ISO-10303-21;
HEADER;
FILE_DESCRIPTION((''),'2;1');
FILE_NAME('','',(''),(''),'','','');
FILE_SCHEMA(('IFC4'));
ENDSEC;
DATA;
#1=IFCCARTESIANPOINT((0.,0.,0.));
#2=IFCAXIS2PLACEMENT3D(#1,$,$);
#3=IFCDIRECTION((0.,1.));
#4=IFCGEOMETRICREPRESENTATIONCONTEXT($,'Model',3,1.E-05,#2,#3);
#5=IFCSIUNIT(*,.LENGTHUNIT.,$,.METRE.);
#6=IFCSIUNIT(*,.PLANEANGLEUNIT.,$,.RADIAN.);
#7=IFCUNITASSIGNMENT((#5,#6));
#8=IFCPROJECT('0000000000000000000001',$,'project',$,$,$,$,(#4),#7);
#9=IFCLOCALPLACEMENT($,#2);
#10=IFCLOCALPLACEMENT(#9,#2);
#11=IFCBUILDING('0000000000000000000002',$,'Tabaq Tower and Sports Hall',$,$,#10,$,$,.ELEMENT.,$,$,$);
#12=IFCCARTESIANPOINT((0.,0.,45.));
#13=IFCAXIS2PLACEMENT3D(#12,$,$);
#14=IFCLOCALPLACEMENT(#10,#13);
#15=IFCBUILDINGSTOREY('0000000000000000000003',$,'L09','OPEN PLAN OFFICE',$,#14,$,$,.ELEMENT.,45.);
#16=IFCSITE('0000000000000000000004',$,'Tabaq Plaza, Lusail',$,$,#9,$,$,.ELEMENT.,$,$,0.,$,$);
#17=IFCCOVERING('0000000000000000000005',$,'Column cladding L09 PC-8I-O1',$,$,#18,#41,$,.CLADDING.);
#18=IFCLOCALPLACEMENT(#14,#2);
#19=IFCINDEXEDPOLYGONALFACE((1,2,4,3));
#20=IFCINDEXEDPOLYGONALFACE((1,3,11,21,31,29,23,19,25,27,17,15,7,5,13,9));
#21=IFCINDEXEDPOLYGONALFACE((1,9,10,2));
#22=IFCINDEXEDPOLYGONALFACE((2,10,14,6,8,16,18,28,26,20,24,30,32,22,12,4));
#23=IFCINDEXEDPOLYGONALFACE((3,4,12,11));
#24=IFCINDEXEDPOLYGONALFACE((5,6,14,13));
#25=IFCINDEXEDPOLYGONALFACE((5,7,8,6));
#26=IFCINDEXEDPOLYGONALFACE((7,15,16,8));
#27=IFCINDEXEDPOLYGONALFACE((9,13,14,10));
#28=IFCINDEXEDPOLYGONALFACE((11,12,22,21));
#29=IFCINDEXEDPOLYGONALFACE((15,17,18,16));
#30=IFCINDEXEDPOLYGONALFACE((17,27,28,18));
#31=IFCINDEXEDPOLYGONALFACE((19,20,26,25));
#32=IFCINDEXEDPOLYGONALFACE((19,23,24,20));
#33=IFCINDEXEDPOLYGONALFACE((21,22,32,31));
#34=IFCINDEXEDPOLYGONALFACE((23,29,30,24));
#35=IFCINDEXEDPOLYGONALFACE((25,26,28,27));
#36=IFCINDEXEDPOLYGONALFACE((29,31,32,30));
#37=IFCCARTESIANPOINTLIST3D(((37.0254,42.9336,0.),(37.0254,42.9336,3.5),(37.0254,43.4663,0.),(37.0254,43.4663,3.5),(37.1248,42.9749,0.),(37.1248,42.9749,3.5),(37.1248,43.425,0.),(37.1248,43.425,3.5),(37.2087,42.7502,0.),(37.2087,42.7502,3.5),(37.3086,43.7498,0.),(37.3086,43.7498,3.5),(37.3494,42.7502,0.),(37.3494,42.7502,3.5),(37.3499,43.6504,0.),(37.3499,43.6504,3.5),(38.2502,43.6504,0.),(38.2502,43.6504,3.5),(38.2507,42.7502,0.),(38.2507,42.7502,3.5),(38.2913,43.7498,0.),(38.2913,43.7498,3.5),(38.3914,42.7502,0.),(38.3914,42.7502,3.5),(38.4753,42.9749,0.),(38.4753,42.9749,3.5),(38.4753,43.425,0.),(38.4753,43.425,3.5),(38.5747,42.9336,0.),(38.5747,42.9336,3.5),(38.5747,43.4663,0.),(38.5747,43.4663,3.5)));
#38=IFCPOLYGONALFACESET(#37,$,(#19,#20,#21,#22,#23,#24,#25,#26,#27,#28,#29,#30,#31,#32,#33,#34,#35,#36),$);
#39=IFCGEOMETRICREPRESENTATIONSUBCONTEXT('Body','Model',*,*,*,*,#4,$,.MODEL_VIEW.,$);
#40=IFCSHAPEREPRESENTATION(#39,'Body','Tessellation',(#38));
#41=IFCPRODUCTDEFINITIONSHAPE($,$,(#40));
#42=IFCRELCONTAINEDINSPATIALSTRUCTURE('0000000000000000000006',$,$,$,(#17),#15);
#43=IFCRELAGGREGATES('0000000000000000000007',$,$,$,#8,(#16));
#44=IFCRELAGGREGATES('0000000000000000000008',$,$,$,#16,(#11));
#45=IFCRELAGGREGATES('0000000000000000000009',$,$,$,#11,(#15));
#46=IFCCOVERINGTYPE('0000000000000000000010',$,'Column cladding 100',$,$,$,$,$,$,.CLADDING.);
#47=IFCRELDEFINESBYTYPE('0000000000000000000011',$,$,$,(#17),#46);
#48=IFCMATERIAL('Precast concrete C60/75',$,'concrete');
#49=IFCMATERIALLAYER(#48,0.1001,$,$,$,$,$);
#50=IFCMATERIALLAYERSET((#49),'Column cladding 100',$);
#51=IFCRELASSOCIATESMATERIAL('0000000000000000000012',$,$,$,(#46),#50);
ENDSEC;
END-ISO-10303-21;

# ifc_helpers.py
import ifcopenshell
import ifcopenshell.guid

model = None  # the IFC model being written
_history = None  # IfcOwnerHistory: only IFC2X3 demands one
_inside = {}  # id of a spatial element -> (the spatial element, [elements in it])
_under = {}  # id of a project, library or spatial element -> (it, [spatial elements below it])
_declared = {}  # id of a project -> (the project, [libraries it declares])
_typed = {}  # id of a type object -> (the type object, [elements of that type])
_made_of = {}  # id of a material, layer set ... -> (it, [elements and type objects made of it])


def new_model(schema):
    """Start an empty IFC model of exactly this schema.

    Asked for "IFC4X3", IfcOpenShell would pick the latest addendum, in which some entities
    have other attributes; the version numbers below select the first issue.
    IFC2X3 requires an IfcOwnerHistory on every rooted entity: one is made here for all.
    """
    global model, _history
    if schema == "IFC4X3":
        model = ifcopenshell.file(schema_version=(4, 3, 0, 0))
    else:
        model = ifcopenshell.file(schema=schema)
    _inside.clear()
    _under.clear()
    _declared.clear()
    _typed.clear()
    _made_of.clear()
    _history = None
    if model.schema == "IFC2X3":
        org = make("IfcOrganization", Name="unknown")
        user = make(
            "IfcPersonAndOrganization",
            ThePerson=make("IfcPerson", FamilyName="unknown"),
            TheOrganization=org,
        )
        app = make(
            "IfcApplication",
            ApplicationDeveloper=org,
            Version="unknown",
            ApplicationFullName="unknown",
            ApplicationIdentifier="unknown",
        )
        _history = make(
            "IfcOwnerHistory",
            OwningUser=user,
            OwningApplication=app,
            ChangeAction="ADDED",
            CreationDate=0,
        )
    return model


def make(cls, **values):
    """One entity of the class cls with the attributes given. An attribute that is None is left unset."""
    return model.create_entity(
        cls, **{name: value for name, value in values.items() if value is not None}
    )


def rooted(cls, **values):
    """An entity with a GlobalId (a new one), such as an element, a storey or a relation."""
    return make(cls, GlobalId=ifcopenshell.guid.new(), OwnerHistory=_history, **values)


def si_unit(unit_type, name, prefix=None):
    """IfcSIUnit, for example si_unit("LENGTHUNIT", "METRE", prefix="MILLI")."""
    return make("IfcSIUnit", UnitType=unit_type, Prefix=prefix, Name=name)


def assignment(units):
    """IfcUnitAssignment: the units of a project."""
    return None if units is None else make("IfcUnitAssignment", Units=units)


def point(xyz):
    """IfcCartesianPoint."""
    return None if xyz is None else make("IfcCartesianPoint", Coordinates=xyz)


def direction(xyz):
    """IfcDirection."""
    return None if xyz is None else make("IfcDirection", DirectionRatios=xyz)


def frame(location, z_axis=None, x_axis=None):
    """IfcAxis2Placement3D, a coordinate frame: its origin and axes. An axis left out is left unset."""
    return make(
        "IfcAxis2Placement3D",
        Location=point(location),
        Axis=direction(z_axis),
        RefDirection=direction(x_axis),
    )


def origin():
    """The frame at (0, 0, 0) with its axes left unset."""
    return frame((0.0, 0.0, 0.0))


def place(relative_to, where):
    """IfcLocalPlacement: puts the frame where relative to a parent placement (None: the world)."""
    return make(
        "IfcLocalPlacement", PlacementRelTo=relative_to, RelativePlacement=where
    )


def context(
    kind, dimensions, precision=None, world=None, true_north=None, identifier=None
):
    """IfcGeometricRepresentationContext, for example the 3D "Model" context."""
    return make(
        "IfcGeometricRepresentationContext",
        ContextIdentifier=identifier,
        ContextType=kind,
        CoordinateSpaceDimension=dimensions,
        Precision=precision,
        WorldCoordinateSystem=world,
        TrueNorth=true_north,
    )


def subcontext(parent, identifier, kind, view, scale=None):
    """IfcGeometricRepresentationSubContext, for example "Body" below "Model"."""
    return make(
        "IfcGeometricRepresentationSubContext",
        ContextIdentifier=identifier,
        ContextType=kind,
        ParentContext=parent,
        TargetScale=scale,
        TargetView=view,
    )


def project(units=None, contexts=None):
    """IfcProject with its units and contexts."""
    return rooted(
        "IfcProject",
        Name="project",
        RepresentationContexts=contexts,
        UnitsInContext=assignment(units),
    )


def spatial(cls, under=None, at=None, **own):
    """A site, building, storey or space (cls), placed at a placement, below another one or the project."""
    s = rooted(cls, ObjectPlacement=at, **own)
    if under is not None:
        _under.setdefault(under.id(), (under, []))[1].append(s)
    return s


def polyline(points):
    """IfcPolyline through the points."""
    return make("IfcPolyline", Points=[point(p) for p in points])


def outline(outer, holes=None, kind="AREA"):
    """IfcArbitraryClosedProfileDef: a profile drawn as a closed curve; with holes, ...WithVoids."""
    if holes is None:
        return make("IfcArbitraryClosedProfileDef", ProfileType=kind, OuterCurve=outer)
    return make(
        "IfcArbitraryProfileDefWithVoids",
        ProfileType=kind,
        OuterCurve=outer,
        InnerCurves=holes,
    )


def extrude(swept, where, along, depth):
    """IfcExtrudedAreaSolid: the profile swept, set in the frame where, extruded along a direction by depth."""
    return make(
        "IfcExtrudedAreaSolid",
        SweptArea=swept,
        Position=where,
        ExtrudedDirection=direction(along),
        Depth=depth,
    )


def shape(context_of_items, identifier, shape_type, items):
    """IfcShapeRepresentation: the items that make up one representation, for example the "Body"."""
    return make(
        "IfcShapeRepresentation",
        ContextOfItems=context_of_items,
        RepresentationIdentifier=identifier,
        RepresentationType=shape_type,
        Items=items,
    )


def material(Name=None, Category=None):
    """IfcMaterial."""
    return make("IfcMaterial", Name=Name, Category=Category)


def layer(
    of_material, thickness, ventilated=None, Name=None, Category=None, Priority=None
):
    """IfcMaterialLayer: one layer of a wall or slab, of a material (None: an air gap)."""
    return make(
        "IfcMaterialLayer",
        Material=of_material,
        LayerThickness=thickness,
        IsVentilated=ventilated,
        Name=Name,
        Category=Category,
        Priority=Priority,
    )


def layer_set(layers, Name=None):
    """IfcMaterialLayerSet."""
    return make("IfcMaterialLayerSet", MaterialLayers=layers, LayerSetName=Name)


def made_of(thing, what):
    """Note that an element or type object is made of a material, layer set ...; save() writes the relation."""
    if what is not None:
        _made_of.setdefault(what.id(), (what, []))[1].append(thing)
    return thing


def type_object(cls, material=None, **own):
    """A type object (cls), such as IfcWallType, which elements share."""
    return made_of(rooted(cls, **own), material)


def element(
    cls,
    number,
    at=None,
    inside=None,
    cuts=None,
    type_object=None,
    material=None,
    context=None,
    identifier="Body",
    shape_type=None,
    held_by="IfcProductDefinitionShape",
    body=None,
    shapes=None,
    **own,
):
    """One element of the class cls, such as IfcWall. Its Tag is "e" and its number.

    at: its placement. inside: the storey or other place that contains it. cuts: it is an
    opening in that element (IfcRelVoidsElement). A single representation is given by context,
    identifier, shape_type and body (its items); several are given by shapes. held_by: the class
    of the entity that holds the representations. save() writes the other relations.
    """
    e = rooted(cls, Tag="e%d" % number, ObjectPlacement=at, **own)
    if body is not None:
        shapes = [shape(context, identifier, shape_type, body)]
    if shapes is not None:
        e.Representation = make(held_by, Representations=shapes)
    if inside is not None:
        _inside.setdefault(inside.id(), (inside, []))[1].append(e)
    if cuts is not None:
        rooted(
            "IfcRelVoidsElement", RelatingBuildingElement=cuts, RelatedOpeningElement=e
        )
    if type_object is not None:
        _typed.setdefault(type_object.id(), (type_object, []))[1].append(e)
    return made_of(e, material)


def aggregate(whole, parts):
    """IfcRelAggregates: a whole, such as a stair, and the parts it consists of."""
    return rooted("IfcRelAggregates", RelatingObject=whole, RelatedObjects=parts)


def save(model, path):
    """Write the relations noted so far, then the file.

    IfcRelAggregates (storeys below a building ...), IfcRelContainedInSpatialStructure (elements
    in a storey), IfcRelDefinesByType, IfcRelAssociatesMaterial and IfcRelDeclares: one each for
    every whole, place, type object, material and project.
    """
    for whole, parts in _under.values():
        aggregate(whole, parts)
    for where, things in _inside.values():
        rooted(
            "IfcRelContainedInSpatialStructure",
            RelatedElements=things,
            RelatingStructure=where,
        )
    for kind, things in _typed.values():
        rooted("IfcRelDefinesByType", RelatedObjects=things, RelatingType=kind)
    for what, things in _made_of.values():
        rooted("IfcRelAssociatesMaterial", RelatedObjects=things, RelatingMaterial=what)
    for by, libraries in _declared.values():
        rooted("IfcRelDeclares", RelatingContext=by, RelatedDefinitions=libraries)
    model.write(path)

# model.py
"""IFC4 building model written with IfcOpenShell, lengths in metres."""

from ifc_helpers import new_model, si_unit, direction, frame, origin, place, context, subcontext, project, spatial, polyline, outline, extrude, material, layer, layer_set, type_object, element, save


model = new_model("IFC4")

# Units and contexts
model_context = context("Model", 3, precision=1e-05, world=origin(), true_north=direction((0.0, 1.0)))
body_context = subcontext(model_context, "Body", "Model", "MODEL_VIEW")
ifc_project = project(units=[si_unit("LENGTHUNIT", "METRE"), si_unit("PLANEANGLEUNIT", "RADIAN")], contexts=[model_context])

# Site, building, storey
site_placement = place(None, origin())
site = spatial("IfcSite", under=ifc_project, at=site_placement, Name="Tabaq Plaza, Lusail", CompositionType="ELEMENT", RefElevation=0.0)
building_placement = place(site_placement, origin())
building = spatial("IfcBuilding", under=site, at=building_placement, Name="Tabaq Tower and Sports Hall", CompositionType="ELEMENT")
storey_placement = place(building_placement, frame((0.0, 0.0, 45.0)))
storey = spatial("IfcBuildingStorey", under=building, at=storey_placement, Name="L09", Description="OPEN PLAN OFFICE", CompositionType="ELEMENT", Elevation=45.0)

# Covering
ifc_material_1 = material(Name="Precast concrete C60/75", Category="concrete")
ifc_layer_1 = layer(ifc_material_1, 0.1001)
ifc_layer_set_1 = layer_set([ifc_layer_1], Name="Column cladding 100")
covering_type = type_object("IfcCoveringType", Name="Column cladding 100", PredefinedType="CLADDING", material=ifc_layer_set_1)
covering_1_placement = place(storey_placement, origin())
element("IfcCovering", 1, at=covering_1_placement, inside=storey, type_object=covering_type, Name="Column cladding L09 PC-8I-O1", PredefinedType="CLADDING", context=body_context, shape_type="SweptSolid", body=[
    extrude(outline(polyline([(37.0254, 43.4663), (37.3086, 43.7498), (38.2913, 43.7498), (38.5747, 43.4663), (38.5747, 42.9336), (38.3914, 42.7502), (38.2507, 42.7502), (38.4753, 42.9749), (38.4753, 43.425), (38.2502, 43.6504), (37.3499, 43.6504), (37.1248, 43.425), (37.1248, 42.9749), (37.3494, 42.7502), (37.2087, 42.7502), (37.0254, 42.9336), (37.0254, 43.4663)])), origin(), (0.0, 0.0, 1.0), 3.5),
])

save(model, "model.ifc")
